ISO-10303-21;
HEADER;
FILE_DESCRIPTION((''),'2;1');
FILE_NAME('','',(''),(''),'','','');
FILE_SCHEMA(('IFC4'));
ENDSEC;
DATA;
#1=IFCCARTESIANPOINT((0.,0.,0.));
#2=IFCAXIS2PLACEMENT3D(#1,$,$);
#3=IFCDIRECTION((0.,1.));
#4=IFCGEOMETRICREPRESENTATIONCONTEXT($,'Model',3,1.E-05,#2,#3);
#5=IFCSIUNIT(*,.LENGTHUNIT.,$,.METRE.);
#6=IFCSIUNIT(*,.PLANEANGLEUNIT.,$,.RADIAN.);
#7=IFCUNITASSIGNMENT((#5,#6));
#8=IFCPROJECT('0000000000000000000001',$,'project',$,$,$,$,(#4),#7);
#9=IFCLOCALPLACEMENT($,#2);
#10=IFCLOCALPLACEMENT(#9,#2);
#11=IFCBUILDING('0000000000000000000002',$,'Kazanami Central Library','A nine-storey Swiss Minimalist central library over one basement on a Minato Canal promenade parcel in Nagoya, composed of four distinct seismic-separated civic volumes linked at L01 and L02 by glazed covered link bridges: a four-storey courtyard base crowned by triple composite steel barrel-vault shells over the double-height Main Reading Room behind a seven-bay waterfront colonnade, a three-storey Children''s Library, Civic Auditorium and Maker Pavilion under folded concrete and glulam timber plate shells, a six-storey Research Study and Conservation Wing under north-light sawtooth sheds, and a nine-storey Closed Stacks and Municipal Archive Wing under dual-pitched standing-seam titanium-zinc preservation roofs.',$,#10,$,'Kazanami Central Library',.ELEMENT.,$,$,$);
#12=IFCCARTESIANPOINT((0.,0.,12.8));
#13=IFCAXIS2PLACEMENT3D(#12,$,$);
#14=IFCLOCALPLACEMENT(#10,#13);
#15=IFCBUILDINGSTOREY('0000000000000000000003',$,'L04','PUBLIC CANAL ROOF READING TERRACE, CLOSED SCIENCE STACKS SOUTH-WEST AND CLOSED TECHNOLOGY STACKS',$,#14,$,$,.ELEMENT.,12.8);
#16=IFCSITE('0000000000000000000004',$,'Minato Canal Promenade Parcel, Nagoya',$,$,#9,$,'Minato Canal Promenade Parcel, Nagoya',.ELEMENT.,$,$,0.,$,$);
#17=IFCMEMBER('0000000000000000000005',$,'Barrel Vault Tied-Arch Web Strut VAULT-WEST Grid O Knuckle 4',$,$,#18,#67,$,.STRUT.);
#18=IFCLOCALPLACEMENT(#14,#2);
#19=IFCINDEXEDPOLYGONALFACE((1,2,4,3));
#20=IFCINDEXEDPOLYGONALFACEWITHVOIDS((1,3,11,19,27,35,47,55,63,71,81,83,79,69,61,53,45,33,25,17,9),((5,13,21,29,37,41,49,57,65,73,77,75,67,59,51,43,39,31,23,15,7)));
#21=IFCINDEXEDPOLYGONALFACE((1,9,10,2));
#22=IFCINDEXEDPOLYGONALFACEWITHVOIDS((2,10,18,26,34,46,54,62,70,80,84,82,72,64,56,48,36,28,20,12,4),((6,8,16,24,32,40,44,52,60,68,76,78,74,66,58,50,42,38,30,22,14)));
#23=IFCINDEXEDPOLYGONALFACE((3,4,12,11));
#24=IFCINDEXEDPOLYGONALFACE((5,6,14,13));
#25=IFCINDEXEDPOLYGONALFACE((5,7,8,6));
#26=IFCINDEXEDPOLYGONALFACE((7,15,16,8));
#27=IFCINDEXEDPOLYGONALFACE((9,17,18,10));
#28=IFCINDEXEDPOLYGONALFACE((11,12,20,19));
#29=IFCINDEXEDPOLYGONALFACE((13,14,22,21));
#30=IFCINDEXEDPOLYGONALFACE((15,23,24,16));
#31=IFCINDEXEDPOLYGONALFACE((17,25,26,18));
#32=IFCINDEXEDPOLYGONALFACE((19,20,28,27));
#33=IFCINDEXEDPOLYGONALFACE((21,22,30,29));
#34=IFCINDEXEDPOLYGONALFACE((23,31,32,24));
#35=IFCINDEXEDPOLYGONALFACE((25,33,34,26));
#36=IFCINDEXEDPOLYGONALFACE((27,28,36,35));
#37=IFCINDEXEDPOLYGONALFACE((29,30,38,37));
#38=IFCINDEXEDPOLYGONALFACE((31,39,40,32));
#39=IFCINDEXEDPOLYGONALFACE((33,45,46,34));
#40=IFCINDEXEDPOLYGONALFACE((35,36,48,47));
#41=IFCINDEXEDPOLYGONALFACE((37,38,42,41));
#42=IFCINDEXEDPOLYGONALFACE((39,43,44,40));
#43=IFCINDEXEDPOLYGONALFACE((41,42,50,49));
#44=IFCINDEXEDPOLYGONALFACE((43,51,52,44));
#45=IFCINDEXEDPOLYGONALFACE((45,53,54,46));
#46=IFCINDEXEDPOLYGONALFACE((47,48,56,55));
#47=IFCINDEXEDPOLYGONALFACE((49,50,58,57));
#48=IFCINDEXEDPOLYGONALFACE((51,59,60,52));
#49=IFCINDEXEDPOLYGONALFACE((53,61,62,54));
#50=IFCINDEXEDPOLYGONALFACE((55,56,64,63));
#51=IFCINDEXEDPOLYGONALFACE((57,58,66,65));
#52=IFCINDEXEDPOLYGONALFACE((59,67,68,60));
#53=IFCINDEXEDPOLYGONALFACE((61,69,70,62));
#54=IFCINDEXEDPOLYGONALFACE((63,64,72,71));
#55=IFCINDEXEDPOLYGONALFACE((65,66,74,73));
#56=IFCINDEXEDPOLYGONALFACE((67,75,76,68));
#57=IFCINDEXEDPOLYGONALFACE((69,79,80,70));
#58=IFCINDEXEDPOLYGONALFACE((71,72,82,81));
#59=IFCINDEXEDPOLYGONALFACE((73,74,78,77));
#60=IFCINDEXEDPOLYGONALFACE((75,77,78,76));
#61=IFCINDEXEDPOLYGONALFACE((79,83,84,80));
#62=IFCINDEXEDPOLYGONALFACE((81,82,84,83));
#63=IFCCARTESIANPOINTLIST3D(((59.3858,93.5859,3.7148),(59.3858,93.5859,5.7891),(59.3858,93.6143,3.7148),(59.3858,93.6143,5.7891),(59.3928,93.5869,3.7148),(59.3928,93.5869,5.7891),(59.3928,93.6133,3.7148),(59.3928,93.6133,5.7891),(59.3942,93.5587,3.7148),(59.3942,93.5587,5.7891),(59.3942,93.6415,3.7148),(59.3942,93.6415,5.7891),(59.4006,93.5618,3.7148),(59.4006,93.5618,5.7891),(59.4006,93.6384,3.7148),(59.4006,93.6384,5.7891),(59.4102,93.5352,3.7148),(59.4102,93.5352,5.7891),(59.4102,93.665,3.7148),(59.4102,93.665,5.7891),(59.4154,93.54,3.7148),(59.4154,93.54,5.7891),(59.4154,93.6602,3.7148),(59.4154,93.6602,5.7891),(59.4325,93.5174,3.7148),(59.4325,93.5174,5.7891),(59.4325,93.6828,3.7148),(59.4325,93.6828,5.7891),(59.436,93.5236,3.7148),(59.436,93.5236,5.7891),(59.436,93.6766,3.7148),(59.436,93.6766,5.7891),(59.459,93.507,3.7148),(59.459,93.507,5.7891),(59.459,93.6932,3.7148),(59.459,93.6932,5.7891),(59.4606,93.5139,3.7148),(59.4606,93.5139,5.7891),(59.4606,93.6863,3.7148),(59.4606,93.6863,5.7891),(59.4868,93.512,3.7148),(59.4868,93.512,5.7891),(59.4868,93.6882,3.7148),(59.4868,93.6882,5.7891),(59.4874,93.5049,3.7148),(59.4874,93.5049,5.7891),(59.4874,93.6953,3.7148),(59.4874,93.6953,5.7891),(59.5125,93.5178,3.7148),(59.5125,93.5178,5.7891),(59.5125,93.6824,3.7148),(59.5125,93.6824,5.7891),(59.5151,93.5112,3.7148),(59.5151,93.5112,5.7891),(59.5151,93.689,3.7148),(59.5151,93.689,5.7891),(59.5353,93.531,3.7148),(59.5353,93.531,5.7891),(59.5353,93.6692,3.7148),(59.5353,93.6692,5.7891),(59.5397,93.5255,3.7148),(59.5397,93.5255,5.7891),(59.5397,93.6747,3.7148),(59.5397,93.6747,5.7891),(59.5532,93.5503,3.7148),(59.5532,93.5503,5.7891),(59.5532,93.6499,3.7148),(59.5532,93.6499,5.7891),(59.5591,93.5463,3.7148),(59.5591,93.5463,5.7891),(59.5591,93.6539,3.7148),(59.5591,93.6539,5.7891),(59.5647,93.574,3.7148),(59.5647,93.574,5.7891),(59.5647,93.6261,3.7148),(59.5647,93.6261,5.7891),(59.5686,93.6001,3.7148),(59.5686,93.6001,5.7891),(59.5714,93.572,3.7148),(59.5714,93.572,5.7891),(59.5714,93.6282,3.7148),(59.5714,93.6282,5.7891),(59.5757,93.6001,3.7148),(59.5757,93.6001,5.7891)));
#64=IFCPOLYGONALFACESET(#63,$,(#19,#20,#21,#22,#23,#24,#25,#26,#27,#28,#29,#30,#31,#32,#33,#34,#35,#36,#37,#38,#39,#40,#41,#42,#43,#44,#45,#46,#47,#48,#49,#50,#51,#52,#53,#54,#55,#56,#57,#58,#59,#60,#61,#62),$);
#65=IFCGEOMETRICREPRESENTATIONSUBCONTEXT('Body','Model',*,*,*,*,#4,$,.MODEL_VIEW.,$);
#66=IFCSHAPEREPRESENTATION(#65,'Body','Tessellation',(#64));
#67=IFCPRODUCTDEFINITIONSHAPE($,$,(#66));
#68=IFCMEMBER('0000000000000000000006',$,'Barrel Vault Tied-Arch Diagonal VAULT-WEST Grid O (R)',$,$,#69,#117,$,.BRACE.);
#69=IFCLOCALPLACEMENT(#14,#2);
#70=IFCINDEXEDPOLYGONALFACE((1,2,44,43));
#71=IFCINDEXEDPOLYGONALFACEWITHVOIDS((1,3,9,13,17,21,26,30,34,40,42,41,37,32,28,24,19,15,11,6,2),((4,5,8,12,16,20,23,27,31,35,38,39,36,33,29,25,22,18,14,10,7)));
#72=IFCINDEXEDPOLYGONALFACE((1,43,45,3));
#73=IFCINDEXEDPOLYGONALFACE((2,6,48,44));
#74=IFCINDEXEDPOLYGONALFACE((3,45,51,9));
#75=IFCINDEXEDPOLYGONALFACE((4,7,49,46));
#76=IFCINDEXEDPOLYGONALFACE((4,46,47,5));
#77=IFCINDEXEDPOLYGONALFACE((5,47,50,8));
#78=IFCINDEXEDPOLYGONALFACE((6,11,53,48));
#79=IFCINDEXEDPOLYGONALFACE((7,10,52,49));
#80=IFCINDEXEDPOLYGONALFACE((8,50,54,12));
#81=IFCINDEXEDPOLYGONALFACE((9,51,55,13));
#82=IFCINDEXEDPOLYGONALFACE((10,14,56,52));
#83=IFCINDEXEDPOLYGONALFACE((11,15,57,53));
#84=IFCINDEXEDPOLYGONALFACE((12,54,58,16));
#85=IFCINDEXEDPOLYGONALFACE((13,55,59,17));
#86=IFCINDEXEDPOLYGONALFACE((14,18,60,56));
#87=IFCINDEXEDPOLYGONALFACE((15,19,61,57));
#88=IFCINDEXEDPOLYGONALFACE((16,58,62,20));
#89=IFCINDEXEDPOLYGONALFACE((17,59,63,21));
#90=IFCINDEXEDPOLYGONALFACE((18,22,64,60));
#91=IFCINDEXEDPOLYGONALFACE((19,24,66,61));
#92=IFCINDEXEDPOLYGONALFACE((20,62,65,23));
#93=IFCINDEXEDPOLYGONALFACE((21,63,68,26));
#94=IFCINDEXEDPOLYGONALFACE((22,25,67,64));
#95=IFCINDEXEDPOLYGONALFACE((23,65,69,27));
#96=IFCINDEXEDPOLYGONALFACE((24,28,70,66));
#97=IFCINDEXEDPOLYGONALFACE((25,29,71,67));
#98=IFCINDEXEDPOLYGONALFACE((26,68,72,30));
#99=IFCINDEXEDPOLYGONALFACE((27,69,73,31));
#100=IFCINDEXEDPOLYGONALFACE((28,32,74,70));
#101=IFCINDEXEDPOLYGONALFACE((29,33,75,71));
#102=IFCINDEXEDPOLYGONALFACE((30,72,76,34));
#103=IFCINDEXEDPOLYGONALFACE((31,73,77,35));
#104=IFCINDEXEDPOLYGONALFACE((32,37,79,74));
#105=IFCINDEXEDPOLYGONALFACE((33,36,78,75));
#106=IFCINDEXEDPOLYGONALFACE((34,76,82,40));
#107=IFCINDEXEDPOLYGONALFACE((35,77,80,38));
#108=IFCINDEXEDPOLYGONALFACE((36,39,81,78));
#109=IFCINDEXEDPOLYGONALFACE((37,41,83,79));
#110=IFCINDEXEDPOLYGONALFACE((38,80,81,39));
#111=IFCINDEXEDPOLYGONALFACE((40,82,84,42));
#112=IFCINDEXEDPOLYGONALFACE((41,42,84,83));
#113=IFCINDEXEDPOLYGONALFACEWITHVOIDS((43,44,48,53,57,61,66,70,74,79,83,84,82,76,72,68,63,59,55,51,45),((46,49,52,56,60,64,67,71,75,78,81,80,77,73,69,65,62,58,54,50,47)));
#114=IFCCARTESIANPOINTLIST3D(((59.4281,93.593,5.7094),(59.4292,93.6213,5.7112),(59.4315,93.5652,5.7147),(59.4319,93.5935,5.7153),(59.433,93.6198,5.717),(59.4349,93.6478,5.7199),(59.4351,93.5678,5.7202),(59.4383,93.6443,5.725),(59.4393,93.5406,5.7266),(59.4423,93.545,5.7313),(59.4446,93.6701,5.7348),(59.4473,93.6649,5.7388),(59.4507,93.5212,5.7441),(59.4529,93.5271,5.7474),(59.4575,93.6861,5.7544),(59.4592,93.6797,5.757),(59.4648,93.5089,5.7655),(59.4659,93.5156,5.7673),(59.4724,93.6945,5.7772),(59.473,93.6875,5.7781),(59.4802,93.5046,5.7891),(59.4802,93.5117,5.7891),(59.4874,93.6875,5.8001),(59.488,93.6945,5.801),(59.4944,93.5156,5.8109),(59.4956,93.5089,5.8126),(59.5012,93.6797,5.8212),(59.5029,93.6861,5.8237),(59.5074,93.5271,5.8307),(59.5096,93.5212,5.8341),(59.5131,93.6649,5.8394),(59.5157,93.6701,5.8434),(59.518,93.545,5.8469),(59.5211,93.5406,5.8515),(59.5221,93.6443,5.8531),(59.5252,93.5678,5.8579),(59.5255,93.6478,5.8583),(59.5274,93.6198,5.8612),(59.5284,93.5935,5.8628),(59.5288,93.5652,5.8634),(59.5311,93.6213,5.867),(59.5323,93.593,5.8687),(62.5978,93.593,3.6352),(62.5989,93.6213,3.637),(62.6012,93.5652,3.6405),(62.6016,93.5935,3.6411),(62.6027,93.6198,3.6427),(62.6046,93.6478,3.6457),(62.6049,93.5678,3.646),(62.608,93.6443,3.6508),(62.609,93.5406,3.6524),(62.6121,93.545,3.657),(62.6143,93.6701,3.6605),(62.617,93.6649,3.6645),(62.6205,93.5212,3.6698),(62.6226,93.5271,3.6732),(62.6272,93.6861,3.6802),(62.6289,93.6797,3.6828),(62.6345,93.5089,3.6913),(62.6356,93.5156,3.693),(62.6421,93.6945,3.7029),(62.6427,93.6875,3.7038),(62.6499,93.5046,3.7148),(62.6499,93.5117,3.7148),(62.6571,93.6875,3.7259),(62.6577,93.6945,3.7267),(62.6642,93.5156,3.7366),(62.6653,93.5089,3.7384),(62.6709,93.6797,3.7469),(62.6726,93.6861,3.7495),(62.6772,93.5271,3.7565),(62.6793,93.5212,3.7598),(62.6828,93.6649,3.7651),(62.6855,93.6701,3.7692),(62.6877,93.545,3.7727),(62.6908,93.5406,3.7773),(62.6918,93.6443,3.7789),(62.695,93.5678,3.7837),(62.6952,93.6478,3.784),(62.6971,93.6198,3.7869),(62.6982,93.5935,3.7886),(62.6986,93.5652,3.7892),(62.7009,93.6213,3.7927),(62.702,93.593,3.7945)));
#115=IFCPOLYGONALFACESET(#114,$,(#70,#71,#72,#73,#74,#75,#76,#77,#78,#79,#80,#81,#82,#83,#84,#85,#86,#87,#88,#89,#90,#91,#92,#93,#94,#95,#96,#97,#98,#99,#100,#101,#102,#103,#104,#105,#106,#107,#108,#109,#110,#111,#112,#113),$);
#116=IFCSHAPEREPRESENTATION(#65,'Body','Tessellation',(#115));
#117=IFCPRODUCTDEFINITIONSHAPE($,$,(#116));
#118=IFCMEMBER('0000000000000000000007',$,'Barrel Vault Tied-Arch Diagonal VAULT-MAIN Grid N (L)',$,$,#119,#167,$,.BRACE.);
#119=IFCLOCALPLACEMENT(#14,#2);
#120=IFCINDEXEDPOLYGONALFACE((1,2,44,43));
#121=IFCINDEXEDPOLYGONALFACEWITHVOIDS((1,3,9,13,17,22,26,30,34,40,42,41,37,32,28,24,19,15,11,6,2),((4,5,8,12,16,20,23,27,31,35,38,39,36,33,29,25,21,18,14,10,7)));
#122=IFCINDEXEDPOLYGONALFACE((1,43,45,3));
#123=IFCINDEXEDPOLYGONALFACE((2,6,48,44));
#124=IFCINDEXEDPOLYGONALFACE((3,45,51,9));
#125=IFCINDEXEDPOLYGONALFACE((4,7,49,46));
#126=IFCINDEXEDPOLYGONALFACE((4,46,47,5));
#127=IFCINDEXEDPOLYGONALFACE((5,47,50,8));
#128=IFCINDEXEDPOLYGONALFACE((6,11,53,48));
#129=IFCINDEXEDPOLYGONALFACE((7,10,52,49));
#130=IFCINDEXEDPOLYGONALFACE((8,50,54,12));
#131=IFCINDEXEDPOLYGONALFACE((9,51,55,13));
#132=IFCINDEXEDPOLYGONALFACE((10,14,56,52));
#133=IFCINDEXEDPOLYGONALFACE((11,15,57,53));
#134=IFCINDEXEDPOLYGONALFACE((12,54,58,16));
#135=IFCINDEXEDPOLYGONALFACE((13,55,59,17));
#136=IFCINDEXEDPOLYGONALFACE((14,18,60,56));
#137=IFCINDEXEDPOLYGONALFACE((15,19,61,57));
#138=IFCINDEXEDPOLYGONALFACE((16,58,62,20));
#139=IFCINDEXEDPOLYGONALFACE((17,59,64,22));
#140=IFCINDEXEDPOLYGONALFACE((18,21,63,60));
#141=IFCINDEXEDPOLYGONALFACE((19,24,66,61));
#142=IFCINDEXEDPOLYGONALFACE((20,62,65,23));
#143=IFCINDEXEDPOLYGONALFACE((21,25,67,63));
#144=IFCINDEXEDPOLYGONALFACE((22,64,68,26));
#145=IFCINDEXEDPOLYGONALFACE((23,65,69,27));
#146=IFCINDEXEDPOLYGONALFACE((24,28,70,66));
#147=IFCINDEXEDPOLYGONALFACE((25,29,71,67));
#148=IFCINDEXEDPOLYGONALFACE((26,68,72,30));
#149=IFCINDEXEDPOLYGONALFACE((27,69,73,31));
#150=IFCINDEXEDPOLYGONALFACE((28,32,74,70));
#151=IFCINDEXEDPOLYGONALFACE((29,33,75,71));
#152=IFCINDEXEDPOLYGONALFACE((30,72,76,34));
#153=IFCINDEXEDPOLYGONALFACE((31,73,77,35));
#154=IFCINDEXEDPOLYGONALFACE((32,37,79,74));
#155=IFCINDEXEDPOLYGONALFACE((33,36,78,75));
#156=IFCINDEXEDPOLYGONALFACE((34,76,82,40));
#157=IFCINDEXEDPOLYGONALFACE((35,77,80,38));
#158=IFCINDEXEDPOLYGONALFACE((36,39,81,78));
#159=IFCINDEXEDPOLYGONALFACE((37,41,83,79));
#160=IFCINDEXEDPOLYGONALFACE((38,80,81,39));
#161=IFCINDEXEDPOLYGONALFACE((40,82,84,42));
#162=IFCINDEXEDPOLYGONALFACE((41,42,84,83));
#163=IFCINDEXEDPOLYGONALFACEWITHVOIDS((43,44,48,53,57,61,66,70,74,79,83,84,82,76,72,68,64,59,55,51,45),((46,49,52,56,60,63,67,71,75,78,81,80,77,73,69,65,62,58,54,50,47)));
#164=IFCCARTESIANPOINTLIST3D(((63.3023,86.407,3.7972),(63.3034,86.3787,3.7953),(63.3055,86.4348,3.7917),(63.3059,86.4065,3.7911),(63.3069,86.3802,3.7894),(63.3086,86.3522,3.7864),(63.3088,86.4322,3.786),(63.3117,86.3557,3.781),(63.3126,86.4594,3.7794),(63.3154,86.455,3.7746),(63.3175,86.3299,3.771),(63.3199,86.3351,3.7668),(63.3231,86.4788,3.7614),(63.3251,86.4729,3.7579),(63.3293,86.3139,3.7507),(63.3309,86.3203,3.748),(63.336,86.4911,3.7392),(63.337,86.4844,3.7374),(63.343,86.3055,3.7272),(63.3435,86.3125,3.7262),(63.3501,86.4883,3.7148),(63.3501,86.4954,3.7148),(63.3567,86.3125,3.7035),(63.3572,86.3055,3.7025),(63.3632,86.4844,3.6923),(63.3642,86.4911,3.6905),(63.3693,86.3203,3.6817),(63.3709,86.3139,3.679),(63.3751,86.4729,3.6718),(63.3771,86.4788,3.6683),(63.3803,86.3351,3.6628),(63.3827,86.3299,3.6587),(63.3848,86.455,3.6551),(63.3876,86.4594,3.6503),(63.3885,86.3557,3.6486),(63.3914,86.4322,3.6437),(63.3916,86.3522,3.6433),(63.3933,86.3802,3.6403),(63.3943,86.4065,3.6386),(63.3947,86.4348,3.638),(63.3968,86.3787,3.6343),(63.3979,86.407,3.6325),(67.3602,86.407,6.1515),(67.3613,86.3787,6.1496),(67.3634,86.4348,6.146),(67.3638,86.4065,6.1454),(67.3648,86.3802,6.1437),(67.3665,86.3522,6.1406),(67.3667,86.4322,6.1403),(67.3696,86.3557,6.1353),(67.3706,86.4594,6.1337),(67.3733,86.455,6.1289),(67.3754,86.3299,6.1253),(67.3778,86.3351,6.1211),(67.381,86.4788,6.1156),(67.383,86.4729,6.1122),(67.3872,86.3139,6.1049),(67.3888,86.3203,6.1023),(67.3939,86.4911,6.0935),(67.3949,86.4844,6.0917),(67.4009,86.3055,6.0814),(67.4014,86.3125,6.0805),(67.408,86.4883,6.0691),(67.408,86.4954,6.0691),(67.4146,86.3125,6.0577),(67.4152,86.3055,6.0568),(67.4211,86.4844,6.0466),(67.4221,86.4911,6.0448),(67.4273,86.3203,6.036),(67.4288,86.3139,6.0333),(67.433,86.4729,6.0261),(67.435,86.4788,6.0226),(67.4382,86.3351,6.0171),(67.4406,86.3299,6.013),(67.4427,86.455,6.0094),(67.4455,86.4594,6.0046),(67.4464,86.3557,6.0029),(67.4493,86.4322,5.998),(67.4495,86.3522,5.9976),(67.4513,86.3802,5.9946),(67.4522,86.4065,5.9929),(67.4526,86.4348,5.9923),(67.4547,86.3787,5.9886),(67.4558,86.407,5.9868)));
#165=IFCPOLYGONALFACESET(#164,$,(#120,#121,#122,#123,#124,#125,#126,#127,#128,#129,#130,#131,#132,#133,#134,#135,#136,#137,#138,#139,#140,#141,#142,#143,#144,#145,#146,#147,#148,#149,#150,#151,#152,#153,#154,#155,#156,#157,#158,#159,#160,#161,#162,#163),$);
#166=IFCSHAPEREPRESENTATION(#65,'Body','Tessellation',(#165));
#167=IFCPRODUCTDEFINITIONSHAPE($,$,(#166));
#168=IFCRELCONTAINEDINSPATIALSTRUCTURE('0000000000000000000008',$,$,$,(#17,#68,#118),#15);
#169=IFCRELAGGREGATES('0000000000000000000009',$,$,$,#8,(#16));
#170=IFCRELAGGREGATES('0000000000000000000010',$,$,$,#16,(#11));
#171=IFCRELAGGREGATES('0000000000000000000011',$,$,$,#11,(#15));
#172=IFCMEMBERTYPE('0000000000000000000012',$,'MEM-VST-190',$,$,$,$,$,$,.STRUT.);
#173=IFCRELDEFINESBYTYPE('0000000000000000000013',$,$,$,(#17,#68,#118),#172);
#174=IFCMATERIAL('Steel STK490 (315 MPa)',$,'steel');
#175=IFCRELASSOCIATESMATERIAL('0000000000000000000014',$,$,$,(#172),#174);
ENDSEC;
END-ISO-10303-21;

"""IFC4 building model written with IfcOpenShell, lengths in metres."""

from ifc_helpers import new_model, si_unit, direction, frame, origin, origin_2d, place, context, subcontext, project, spatial, hollow_circle, extrude, material, material_profile, profile_set, type_object, element, save


model = new_model("IFC4")

# Units and contexts
model_context = context("Model", 3, precision=1e-05, world=origin(), true_north=direction((0.0, 1.0)))
body_context = subcontext(model_context, "Body", "Model", "MODEL_VIEW")
ifc_project = project(units=[si_unit("LENGTHUNIT", "METRE"), si_unit("PLANEANGLEUNIT", "RADIAN")], contexts=[model_context])

# Site, building, storey
site_placement = place(None, origin())
site = spatial("IfcSite", under=ifc_project, at=site_placement, Name="Minato Canal Promenade Parcel, Nagoya", LongName="Minato Canal Promenade Parcel, Nagoya", CompositionType="ELEMENT", RefElevation=0.0)
building_placement = place(site_placement, origin())
building = spatial("IfcBuilding", under=site, at=building_placement, Name="Kazanami Central Library", Description="A nine-storey Swiss Minimalist central library over one basement on a Minato Canal promenade parcel in Nagoya, composed of four distinct seismic-separated civic volumes linked at L01 and L02 by glazed covered link bridges: a four-storey courtyard base crowned by triple composite steel barrel-vault shells over the double-height Main Reading Room behind a seven-bay waterfront colonnade, a three-storey Children's Library, Civic Auditorium and Maker Pavilion under folded concrete and glulam timber plate shells, a six-storey Research Study and Conservation Wing under north-light sawtooth sheds, and a nine-storey Closed Stacks and Municipal Archive Wing under dual-pitched standing-seam titanium-zinc preservation roofs.", LongName="Kazanami Central Library", CompositionType="ELEMENT")
storey_placement = place(building_placement, frame((0.0, 0.0, 12.8)))
storey = spatial("IfcBuildingStorey", under=building, at=storey_placement, Name="L04", Description="PUBLIC CANAL ROOF READING TERRACE, CLOSED SCIENCE STACKS SOUTH-WEST AND CLOSED TECHNOLOGY STACKS", CompositionType="ELEMENT", Elevation=12.8)

# Members
ifc_material_1 = material(Name="Steel STK490 (315 MPa)", Category="steel")
ifc_material_profile_1 = material_profile(ifc_material_1, hollow_circle(Radius=0.0955, WallThickness=0.0071, at=origin_2d()), Name="CHS-190.7x7.0")
ifc_profile_set_1 = profile_set([ifc_material_profile_1], Name="Steel STK490 (315 MPa)")
member_type_1 = type_object("IfcMemberType", Name="MEM-VST-190", PredefinedType="STRUT", material=ifc_profile_set_1)
member_1_placement = place(storey_placement, frame((59.4802, 93.6001, 3.7148), z_axis=(0.0, 0.0, 1.0), x_axis=(1.0, 0.0, 0.0)))
element("IfcMember", 1, at=member_1_placement, inside=storey, type_object=member_type_1, Name="Barrel Vault Tied-Arch Web Strut VAULT-WEST Grid O Knuckle 4", PredefinedType="STRUT", context=body_context, shape_type="SweptSolid", body=[
    extrude(hollow_circle(Radius=0.0955, WallThickness=0.0071, at=origin_2d()), origin(), (0.0, 0.0, 1.0), 2.0742),
])
member_2_placement = place(storey_placement, frame((62.6499, 93.6001, 3.7148), z_axis=(-0.83676, 0.0, 0.547571), x_axis=(0.0, -1.0, 0.0)))
element("IfcMember", 2, at=member_2_placement, inside=storey, type_object=member_type_1, Name="Barrel Vault Tied-Arch Diagonal VAULT-WEST Grid O (R)", PredefinedType="BRACE", context=body_context, shape_type="SweptSolid", body=[
    extrude(hollow_circle(Radius=0.0955, WallThickness=0.0071, at=origin_2d()), origin(), (0.0, 0.0, 1.0), 3.7881),
])
for number, where, z_axis, x_axis, name in (
    (3, (63.3501, 86.3999, 3.7148), (0.864967, 0.0, 0.501828), (0.0, 1.0, 0.0), "Barrel Vault Tied-Arch Diagonal VAULT-MAIN Grid N (L)"),
):
    element("IfcMember", number, at=place(storey_placement, frame(where, z_axis=z_axis, x_axis=x_axis)), inside=storey, type_object=member_type_1, Name=name, PredefinedType="BRACE", context=body_context, shape_type="SweptSolid", body=[
        extrude(hollow_circle(Radius=0.0955, WallThickness=0.0071, at=origin_2d()), origin(), (0.0, 0.0, 1.0), 4.6914),
    ])

save(model, "model.ifc")
